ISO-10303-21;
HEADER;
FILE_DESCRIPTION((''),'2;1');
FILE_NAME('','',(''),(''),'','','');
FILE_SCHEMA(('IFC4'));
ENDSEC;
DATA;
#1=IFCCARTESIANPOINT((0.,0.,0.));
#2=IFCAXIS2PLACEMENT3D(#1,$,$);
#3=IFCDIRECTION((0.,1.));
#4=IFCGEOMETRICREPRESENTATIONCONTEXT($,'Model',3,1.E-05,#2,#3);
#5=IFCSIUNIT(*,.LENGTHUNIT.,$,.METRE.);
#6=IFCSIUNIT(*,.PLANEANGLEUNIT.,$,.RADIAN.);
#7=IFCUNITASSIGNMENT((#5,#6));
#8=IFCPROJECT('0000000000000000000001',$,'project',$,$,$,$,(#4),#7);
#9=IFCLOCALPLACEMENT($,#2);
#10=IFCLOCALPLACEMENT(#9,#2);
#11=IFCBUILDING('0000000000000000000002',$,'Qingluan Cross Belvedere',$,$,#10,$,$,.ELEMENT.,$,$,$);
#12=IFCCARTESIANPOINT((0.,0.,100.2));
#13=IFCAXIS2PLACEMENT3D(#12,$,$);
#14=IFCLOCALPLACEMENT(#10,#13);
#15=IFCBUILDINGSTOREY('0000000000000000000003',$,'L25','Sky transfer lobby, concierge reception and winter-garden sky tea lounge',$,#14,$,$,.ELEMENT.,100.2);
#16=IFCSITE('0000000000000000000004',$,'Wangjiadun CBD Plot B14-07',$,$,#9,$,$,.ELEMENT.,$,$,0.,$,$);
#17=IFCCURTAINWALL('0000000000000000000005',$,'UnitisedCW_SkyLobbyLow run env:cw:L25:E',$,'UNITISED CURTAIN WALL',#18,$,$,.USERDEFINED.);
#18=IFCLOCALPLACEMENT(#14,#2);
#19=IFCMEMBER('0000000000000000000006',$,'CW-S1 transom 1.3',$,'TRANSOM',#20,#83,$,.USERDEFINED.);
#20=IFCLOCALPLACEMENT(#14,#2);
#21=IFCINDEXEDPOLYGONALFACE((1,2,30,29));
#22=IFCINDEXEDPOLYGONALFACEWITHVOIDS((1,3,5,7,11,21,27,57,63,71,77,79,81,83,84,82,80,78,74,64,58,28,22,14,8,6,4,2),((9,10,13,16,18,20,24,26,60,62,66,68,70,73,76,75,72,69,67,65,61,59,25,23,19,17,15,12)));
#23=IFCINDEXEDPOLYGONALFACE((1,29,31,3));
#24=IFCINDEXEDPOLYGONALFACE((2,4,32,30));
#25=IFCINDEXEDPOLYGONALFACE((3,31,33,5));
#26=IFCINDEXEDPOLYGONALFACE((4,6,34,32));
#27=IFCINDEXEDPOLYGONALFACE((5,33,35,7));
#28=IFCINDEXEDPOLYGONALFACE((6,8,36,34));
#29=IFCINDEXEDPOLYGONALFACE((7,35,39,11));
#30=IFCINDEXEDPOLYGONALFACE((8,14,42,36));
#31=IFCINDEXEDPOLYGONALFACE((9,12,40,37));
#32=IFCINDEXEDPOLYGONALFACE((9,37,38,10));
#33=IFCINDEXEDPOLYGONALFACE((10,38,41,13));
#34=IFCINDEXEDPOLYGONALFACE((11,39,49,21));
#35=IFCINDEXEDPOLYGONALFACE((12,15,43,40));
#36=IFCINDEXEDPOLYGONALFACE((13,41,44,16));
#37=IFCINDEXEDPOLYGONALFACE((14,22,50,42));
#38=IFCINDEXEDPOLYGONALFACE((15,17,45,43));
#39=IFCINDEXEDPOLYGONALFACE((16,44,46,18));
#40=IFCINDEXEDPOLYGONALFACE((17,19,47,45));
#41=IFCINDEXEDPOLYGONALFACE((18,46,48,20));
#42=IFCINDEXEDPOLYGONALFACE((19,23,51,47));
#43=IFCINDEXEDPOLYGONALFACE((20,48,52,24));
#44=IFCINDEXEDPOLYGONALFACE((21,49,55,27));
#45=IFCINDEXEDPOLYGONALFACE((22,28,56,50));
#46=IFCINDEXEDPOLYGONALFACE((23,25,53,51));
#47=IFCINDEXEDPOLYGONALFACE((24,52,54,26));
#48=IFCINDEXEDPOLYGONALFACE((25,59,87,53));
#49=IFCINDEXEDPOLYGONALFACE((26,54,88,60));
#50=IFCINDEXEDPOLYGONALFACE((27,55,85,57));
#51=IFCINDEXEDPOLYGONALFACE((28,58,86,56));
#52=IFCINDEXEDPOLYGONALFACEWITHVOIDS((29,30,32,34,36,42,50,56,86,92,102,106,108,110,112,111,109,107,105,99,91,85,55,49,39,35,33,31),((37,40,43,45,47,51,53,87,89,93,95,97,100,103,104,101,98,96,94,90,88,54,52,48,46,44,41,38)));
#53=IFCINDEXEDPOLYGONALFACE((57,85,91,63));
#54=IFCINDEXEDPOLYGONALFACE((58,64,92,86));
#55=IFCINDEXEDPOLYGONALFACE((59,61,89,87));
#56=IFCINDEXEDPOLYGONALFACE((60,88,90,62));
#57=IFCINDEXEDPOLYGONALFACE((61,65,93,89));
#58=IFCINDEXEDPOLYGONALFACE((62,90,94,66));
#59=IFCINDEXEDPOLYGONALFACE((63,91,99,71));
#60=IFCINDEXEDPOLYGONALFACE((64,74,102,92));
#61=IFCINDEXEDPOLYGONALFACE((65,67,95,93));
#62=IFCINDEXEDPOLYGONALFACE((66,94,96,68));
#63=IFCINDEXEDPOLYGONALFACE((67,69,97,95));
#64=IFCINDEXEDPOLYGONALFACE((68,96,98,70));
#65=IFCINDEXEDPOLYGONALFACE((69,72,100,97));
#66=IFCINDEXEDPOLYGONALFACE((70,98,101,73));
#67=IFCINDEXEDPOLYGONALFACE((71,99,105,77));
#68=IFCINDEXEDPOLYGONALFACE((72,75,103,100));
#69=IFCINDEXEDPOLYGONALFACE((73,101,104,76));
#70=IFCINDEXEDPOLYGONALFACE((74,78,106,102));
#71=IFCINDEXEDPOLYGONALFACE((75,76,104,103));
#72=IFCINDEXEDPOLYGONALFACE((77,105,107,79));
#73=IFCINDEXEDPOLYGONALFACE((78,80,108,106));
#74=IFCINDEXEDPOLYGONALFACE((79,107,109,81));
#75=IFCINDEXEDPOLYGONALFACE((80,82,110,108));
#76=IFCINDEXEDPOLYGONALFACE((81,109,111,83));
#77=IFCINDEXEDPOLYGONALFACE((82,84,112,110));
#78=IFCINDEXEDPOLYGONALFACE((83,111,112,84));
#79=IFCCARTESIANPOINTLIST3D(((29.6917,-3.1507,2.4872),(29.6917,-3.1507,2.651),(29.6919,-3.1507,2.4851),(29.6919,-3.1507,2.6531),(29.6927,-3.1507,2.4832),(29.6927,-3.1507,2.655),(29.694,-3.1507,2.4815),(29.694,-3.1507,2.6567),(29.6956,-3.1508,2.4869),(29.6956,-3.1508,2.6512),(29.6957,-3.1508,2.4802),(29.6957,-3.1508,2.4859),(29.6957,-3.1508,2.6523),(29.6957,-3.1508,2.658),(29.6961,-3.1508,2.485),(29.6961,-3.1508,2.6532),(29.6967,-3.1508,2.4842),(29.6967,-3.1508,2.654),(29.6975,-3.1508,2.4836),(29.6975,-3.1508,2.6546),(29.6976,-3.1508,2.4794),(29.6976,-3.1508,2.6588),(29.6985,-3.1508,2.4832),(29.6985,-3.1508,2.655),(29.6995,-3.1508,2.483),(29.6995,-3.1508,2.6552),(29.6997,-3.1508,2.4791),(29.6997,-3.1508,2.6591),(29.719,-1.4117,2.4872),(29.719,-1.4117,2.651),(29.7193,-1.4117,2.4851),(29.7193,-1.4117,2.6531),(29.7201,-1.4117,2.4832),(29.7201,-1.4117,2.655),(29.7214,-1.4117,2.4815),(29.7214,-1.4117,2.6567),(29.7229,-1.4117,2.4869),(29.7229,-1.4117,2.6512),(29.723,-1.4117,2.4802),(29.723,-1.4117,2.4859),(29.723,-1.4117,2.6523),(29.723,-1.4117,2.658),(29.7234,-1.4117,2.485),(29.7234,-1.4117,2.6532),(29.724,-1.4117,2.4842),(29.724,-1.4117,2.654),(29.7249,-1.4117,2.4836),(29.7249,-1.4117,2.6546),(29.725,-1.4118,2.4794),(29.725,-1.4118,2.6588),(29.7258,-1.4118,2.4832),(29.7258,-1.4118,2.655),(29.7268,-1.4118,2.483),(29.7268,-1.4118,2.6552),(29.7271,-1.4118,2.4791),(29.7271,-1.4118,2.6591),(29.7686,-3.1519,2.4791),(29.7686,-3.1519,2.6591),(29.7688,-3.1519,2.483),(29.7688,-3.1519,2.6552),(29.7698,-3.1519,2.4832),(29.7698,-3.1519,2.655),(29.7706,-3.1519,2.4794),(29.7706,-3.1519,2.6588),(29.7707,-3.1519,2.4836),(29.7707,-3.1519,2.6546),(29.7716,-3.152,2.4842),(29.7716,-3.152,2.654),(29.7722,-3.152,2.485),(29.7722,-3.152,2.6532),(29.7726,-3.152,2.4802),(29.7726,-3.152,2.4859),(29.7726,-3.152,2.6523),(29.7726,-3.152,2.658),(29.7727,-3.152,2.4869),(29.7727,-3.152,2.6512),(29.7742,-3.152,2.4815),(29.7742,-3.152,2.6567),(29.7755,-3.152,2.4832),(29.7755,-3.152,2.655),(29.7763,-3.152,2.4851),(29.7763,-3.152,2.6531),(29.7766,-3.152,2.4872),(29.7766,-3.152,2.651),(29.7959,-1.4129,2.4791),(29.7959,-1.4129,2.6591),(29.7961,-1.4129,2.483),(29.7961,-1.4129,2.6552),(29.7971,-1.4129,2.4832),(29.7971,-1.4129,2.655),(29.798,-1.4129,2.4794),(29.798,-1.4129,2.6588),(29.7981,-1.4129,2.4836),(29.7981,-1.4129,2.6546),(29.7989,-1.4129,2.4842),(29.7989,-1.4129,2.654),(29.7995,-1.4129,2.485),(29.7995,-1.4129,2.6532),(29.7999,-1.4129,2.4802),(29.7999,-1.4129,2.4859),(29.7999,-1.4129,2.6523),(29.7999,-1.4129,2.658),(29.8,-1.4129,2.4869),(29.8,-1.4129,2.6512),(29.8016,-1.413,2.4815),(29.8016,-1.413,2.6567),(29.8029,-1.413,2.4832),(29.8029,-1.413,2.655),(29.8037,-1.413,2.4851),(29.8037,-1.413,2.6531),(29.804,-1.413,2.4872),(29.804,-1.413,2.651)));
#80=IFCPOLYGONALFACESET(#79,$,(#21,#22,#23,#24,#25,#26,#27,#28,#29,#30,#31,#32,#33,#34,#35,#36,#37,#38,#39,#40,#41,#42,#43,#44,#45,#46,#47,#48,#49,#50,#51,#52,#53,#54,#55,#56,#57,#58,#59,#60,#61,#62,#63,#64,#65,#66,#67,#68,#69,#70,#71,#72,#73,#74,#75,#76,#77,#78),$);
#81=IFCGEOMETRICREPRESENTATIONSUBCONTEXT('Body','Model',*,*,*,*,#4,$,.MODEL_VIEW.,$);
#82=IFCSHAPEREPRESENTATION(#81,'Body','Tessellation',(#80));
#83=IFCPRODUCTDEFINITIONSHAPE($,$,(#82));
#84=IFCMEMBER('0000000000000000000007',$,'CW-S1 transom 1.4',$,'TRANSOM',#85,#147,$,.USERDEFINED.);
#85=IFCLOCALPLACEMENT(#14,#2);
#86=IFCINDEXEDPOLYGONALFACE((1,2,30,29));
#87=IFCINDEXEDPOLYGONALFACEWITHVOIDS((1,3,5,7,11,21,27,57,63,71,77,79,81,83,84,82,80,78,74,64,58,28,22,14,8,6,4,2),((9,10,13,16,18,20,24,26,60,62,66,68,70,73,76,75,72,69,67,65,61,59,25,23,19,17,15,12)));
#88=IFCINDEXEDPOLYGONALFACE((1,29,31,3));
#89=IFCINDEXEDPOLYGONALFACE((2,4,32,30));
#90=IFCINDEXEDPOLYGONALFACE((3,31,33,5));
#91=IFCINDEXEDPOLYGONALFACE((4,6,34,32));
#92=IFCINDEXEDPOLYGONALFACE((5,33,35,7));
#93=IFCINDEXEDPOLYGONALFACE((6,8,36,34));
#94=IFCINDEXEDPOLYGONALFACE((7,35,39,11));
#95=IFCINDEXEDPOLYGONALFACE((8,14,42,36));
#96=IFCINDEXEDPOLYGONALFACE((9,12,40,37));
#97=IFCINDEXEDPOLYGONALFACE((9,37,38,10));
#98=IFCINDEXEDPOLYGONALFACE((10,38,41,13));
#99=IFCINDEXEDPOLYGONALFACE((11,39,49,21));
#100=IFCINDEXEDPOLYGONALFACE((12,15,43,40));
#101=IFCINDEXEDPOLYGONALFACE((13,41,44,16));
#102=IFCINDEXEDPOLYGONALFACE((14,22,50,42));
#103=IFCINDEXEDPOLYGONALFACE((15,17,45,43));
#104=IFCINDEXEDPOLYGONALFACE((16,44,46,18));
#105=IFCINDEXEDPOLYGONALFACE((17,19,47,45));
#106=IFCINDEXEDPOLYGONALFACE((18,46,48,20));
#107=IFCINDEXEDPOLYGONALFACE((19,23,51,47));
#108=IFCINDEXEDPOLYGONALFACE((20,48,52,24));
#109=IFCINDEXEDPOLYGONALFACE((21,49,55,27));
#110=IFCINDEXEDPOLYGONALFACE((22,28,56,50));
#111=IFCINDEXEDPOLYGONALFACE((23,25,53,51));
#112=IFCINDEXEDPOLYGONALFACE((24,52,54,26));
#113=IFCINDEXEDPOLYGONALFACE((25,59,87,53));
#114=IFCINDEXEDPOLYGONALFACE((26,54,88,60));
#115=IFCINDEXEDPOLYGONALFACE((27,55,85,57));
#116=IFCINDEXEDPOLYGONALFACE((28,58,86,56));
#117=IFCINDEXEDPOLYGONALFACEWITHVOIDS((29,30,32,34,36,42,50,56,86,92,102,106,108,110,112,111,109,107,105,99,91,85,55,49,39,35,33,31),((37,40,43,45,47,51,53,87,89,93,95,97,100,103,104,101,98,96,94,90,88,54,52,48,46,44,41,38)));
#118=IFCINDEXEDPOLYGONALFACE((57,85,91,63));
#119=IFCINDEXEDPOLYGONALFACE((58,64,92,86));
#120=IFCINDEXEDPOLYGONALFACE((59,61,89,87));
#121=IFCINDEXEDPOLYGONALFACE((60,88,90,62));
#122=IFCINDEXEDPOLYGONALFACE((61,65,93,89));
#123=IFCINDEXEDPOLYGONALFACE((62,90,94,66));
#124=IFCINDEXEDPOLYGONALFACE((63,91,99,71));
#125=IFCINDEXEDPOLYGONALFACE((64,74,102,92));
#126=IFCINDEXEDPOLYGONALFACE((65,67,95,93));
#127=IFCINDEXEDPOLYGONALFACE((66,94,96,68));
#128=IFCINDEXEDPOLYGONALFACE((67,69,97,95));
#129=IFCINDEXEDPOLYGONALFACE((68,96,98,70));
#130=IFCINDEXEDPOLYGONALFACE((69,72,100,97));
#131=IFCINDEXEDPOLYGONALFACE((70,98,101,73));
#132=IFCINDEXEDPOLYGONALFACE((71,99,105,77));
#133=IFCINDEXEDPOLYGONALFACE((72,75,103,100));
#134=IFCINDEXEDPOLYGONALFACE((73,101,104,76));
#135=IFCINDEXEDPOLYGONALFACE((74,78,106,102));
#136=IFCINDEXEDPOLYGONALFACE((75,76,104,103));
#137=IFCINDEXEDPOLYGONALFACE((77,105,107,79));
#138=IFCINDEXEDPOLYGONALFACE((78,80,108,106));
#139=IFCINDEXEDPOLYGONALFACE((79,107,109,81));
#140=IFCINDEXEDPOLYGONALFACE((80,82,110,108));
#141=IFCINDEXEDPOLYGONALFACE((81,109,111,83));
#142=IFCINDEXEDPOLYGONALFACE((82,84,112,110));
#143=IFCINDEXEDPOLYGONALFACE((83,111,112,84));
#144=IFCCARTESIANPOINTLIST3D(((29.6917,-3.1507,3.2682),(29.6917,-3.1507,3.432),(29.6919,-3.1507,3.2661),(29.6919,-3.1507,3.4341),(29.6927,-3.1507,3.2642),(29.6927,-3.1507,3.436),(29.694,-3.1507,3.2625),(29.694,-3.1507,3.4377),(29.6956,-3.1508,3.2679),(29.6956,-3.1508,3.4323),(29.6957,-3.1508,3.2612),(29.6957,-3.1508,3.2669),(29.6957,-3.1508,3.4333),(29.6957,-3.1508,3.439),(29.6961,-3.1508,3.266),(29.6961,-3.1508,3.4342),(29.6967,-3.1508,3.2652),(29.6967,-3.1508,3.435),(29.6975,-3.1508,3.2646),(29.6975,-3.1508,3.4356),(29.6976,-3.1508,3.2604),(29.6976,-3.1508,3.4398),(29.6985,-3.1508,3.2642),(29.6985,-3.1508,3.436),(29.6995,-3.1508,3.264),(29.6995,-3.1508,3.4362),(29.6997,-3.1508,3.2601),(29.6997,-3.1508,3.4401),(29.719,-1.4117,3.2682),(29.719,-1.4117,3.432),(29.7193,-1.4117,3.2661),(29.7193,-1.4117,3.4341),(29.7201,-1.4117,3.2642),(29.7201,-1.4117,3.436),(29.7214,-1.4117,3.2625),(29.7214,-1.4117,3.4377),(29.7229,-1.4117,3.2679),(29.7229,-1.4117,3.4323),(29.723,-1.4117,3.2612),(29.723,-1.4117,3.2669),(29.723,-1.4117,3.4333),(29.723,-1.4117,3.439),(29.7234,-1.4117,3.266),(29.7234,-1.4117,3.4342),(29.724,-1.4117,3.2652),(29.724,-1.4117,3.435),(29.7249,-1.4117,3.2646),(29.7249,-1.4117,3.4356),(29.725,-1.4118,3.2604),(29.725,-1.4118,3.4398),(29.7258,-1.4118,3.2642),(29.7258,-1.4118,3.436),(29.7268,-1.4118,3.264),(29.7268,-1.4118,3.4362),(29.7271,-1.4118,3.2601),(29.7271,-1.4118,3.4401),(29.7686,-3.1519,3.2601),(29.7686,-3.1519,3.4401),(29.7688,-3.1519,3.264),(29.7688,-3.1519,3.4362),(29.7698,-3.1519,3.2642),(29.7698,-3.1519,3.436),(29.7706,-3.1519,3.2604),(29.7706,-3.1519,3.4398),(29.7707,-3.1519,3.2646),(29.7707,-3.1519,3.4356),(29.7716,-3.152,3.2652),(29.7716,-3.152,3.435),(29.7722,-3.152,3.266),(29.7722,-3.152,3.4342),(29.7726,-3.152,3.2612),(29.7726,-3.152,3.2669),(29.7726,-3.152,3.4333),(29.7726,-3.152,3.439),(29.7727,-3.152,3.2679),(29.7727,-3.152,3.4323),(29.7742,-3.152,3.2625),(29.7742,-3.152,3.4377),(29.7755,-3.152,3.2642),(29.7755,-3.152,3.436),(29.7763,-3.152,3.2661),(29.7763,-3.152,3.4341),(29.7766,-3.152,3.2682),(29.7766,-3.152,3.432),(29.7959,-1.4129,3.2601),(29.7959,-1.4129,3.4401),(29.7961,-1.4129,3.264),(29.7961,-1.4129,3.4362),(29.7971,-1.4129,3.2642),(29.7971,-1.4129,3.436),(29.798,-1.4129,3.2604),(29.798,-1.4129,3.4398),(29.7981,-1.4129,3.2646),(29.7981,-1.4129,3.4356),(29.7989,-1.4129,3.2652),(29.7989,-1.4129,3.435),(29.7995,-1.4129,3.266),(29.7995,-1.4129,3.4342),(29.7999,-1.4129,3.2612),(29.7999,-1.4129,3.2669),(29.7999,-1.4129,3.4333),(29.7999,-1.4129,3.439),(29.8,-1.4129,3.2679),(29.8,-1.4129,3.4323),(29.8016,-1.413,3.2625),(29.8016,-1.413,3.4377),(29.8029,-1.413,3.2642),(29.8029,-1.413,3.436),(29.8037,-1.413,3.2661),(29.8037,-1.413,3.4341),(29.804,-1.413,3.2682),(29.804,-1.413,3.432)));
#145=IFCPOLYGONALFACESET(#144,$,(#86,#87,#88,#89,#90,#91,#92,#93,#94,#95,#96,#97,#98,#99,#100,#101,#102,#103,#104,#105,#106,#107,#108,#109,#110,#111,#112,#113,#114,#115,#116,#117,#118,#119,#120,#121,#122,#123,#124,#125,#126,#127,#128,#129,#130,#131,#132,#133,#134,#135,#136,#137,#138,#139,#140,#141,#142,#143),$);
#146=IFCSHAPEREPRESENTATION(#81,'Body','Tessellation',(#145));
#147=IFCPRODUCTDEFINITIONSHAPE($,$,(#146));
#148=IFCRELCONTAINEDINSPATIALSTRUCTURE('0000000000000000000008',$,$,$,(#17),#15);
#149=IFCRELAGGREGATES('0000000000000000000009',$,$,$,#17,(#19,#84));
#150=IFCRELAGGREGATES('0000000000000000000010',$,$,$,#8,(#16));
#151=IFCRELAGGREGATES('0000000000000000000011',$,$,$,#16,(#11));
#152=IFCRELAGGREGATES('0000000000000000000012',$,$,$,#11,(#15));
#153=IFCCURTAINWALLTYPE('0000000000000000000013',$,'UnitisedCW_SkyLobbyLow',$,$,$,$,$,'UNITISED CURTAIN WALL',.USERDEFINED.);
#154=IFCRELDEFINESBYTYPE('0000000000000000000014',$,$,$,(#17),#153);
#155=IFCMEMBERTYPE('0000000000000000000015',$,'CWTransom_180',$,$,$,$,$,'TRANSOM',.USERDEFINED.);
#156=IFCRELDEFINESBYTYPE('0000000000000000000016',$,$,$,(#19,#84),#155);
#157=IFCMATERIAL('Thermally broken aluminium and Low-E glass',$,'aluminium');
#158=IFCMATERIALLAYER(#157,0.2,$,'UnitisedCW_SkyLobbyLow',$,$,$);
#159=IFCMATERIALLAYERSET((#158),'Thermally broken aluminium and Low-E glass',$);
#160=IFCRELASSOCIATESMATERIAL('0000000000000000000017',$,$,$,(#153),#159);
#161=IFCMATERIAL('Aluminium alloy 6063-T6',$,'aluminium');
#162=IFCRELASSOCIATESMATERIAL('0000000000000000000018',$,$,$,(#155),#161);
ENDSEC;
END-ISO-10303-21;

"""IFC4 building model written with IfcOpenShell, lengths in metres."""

from ifc_helpers import new_model, si_unit, direction, frame, origin, origin_2d, place, context, subcontext, project, spatial, hollow_rectangle, extrude, material, layer, layer_set, material_profile, profile_set, type_object, element, aggregate, save


model = new_model("IFC4")

# Units and contexts
model_context = context("Model", 3, precision=1e-05, world=origin(), true_north=direction((0.0, 1.0)))
body_context = subcontext(model_context, "Body", "Model", "MODEL_VIEW")
ifc_project = project(units=[si_unit("LENGTHUNIT", "METRE"), si_unit("PLANEANGLEUNIT", "RADIAN")], contexts=[model_context])

# Site, building, storey
site_placement = place(None, origin())
site = spatial("IfcSite", under=ifc_project, at=site_placement, Name="Wangjiadun CBD Plot B14-07", CompositionType="ELEMENT", RefElevation=0.0)
building_placement = place(site_placement, origin())
building = spatial("IfcBuilding", under=site, at=building_placement, Name="Qingluan Cross Belvedere", CompositionType="ELEMENT")
storey_placement = place(building_placement, frame((0.0, 0.0, 100.2)))
storey = spatial("IfcBuildingStorey", under=building, at=storey_placement, Name="L25", Description="Sky transfer lobby, concierge reception and winter-garden sky tea lounge", CompositionType="ELEMENT", Elevation=100.2)

# Curtain wall, members
ifc_material_1 = material(Name="Thermally broken aluminium and Low-E glass", Category="aluminium")
ifc_layer_1 = layer(ifc_material_1, 0.2, Name="UnitisedCW_SkyLobbyLow")
ifc_layer_set_1 = layer_set([ifc_layer_1], Name="Thermally broken aluminium and Low-E glass")
curtain_wall_type = type_object("IfcCurtainWallType", Name="UnitisedCW_SkyLobbyLow", ElementType="UNITISED CURTAIN WALL", PredefinedType="USERDEFINED", material=ifc_layer_set_1)
curtain_wall_placement = place(storey_placement, origin())
curtain_wall = element("IfcCurtainWall", 1, at=curtain_wall_placement, inside=storey, type_object=curtain_wall_type, Name="UnitisedCW_SkyLobbyLow run env:cw:L25:E", ObjectType="UNITISED CURTAIN WALL", PredefinedType="USERDEFINED")
ifc_material_2 = material(Name="Aluminium alloy 6063-T6", Category="aluminium")
ifc_material_profile_1 = material_profile(ifc_material_2, hollow_rectangle(XDim=0.085, YDim=0.1799, WallThickness=0.0039, InnerFilletRadius=0.0039, OuterFilletRadius=0.0081, at=origin_2d()), Name="CWT180x85x4")
ifc_profile_set_1 = profile_set([ifc_material_profile_1], Name="Aluminium alloy 6063-T6")
member_type_1 = type_object("IfcMemberType", Name="CWTransom_180", ElementType="TRANSOM", PredefinedType="USERDEFINED", material=ifc_profile_set_1)
member_1_placement = place(storey_placement, frame((29.7341, -3.1514, 2.5691), z_axis=(0.015722, 0.999876, 0.0), x_axis=(-0.999876, 0.015722, 0.0)))
member_1 = element("IfcMember", 2, at=member_1_placement, type_object=member_type_1, Name="CW-S1 transom 1.3", ObjectType="TRANSOM", PredefinedType="USERDEFINED", context=body_context, shape_type="SweptSolid", body=[
    extrude(hollow_rectangle(XDim=0.085, YDim=0.1799, WallThickness=0.0039, InnerFilletRadius=0.0039, OuterFilletRadius=0.0081, at=origin_2d()), origin(), (0.0, 0.0, 1.0), 1.7393),
])
member_2_placement = place(storey_placement, frame((29.7341, -3.1514, 3.3501), z_axis=(0.015722, 0.999876, 0.0), x_axis=(-0.999876, 0.015722, 0.0)))
member_2 = element("IfcMember", 3, at=member_2_placement, type_object=member_type_1, Name="CW-S1 transom 1.4", ObjectType="TRANSOM", PredefinedType="USERDEFINED", context=body_context, shape_type="SweptSolid", body=[
    extrude(hollow_rectangle(XDim=0.085, YDim=0.1799, WallThickness=0.0039, InnerFilletRadius=0.0039, OuterFilletRadius=0.0081, at=origin_2d()), origin(), (0.0, 0.0, 1.0), 1.7393),
])

aggregate(curtain_wall, [member_1, member_2])

save(model, "model.ifc")
